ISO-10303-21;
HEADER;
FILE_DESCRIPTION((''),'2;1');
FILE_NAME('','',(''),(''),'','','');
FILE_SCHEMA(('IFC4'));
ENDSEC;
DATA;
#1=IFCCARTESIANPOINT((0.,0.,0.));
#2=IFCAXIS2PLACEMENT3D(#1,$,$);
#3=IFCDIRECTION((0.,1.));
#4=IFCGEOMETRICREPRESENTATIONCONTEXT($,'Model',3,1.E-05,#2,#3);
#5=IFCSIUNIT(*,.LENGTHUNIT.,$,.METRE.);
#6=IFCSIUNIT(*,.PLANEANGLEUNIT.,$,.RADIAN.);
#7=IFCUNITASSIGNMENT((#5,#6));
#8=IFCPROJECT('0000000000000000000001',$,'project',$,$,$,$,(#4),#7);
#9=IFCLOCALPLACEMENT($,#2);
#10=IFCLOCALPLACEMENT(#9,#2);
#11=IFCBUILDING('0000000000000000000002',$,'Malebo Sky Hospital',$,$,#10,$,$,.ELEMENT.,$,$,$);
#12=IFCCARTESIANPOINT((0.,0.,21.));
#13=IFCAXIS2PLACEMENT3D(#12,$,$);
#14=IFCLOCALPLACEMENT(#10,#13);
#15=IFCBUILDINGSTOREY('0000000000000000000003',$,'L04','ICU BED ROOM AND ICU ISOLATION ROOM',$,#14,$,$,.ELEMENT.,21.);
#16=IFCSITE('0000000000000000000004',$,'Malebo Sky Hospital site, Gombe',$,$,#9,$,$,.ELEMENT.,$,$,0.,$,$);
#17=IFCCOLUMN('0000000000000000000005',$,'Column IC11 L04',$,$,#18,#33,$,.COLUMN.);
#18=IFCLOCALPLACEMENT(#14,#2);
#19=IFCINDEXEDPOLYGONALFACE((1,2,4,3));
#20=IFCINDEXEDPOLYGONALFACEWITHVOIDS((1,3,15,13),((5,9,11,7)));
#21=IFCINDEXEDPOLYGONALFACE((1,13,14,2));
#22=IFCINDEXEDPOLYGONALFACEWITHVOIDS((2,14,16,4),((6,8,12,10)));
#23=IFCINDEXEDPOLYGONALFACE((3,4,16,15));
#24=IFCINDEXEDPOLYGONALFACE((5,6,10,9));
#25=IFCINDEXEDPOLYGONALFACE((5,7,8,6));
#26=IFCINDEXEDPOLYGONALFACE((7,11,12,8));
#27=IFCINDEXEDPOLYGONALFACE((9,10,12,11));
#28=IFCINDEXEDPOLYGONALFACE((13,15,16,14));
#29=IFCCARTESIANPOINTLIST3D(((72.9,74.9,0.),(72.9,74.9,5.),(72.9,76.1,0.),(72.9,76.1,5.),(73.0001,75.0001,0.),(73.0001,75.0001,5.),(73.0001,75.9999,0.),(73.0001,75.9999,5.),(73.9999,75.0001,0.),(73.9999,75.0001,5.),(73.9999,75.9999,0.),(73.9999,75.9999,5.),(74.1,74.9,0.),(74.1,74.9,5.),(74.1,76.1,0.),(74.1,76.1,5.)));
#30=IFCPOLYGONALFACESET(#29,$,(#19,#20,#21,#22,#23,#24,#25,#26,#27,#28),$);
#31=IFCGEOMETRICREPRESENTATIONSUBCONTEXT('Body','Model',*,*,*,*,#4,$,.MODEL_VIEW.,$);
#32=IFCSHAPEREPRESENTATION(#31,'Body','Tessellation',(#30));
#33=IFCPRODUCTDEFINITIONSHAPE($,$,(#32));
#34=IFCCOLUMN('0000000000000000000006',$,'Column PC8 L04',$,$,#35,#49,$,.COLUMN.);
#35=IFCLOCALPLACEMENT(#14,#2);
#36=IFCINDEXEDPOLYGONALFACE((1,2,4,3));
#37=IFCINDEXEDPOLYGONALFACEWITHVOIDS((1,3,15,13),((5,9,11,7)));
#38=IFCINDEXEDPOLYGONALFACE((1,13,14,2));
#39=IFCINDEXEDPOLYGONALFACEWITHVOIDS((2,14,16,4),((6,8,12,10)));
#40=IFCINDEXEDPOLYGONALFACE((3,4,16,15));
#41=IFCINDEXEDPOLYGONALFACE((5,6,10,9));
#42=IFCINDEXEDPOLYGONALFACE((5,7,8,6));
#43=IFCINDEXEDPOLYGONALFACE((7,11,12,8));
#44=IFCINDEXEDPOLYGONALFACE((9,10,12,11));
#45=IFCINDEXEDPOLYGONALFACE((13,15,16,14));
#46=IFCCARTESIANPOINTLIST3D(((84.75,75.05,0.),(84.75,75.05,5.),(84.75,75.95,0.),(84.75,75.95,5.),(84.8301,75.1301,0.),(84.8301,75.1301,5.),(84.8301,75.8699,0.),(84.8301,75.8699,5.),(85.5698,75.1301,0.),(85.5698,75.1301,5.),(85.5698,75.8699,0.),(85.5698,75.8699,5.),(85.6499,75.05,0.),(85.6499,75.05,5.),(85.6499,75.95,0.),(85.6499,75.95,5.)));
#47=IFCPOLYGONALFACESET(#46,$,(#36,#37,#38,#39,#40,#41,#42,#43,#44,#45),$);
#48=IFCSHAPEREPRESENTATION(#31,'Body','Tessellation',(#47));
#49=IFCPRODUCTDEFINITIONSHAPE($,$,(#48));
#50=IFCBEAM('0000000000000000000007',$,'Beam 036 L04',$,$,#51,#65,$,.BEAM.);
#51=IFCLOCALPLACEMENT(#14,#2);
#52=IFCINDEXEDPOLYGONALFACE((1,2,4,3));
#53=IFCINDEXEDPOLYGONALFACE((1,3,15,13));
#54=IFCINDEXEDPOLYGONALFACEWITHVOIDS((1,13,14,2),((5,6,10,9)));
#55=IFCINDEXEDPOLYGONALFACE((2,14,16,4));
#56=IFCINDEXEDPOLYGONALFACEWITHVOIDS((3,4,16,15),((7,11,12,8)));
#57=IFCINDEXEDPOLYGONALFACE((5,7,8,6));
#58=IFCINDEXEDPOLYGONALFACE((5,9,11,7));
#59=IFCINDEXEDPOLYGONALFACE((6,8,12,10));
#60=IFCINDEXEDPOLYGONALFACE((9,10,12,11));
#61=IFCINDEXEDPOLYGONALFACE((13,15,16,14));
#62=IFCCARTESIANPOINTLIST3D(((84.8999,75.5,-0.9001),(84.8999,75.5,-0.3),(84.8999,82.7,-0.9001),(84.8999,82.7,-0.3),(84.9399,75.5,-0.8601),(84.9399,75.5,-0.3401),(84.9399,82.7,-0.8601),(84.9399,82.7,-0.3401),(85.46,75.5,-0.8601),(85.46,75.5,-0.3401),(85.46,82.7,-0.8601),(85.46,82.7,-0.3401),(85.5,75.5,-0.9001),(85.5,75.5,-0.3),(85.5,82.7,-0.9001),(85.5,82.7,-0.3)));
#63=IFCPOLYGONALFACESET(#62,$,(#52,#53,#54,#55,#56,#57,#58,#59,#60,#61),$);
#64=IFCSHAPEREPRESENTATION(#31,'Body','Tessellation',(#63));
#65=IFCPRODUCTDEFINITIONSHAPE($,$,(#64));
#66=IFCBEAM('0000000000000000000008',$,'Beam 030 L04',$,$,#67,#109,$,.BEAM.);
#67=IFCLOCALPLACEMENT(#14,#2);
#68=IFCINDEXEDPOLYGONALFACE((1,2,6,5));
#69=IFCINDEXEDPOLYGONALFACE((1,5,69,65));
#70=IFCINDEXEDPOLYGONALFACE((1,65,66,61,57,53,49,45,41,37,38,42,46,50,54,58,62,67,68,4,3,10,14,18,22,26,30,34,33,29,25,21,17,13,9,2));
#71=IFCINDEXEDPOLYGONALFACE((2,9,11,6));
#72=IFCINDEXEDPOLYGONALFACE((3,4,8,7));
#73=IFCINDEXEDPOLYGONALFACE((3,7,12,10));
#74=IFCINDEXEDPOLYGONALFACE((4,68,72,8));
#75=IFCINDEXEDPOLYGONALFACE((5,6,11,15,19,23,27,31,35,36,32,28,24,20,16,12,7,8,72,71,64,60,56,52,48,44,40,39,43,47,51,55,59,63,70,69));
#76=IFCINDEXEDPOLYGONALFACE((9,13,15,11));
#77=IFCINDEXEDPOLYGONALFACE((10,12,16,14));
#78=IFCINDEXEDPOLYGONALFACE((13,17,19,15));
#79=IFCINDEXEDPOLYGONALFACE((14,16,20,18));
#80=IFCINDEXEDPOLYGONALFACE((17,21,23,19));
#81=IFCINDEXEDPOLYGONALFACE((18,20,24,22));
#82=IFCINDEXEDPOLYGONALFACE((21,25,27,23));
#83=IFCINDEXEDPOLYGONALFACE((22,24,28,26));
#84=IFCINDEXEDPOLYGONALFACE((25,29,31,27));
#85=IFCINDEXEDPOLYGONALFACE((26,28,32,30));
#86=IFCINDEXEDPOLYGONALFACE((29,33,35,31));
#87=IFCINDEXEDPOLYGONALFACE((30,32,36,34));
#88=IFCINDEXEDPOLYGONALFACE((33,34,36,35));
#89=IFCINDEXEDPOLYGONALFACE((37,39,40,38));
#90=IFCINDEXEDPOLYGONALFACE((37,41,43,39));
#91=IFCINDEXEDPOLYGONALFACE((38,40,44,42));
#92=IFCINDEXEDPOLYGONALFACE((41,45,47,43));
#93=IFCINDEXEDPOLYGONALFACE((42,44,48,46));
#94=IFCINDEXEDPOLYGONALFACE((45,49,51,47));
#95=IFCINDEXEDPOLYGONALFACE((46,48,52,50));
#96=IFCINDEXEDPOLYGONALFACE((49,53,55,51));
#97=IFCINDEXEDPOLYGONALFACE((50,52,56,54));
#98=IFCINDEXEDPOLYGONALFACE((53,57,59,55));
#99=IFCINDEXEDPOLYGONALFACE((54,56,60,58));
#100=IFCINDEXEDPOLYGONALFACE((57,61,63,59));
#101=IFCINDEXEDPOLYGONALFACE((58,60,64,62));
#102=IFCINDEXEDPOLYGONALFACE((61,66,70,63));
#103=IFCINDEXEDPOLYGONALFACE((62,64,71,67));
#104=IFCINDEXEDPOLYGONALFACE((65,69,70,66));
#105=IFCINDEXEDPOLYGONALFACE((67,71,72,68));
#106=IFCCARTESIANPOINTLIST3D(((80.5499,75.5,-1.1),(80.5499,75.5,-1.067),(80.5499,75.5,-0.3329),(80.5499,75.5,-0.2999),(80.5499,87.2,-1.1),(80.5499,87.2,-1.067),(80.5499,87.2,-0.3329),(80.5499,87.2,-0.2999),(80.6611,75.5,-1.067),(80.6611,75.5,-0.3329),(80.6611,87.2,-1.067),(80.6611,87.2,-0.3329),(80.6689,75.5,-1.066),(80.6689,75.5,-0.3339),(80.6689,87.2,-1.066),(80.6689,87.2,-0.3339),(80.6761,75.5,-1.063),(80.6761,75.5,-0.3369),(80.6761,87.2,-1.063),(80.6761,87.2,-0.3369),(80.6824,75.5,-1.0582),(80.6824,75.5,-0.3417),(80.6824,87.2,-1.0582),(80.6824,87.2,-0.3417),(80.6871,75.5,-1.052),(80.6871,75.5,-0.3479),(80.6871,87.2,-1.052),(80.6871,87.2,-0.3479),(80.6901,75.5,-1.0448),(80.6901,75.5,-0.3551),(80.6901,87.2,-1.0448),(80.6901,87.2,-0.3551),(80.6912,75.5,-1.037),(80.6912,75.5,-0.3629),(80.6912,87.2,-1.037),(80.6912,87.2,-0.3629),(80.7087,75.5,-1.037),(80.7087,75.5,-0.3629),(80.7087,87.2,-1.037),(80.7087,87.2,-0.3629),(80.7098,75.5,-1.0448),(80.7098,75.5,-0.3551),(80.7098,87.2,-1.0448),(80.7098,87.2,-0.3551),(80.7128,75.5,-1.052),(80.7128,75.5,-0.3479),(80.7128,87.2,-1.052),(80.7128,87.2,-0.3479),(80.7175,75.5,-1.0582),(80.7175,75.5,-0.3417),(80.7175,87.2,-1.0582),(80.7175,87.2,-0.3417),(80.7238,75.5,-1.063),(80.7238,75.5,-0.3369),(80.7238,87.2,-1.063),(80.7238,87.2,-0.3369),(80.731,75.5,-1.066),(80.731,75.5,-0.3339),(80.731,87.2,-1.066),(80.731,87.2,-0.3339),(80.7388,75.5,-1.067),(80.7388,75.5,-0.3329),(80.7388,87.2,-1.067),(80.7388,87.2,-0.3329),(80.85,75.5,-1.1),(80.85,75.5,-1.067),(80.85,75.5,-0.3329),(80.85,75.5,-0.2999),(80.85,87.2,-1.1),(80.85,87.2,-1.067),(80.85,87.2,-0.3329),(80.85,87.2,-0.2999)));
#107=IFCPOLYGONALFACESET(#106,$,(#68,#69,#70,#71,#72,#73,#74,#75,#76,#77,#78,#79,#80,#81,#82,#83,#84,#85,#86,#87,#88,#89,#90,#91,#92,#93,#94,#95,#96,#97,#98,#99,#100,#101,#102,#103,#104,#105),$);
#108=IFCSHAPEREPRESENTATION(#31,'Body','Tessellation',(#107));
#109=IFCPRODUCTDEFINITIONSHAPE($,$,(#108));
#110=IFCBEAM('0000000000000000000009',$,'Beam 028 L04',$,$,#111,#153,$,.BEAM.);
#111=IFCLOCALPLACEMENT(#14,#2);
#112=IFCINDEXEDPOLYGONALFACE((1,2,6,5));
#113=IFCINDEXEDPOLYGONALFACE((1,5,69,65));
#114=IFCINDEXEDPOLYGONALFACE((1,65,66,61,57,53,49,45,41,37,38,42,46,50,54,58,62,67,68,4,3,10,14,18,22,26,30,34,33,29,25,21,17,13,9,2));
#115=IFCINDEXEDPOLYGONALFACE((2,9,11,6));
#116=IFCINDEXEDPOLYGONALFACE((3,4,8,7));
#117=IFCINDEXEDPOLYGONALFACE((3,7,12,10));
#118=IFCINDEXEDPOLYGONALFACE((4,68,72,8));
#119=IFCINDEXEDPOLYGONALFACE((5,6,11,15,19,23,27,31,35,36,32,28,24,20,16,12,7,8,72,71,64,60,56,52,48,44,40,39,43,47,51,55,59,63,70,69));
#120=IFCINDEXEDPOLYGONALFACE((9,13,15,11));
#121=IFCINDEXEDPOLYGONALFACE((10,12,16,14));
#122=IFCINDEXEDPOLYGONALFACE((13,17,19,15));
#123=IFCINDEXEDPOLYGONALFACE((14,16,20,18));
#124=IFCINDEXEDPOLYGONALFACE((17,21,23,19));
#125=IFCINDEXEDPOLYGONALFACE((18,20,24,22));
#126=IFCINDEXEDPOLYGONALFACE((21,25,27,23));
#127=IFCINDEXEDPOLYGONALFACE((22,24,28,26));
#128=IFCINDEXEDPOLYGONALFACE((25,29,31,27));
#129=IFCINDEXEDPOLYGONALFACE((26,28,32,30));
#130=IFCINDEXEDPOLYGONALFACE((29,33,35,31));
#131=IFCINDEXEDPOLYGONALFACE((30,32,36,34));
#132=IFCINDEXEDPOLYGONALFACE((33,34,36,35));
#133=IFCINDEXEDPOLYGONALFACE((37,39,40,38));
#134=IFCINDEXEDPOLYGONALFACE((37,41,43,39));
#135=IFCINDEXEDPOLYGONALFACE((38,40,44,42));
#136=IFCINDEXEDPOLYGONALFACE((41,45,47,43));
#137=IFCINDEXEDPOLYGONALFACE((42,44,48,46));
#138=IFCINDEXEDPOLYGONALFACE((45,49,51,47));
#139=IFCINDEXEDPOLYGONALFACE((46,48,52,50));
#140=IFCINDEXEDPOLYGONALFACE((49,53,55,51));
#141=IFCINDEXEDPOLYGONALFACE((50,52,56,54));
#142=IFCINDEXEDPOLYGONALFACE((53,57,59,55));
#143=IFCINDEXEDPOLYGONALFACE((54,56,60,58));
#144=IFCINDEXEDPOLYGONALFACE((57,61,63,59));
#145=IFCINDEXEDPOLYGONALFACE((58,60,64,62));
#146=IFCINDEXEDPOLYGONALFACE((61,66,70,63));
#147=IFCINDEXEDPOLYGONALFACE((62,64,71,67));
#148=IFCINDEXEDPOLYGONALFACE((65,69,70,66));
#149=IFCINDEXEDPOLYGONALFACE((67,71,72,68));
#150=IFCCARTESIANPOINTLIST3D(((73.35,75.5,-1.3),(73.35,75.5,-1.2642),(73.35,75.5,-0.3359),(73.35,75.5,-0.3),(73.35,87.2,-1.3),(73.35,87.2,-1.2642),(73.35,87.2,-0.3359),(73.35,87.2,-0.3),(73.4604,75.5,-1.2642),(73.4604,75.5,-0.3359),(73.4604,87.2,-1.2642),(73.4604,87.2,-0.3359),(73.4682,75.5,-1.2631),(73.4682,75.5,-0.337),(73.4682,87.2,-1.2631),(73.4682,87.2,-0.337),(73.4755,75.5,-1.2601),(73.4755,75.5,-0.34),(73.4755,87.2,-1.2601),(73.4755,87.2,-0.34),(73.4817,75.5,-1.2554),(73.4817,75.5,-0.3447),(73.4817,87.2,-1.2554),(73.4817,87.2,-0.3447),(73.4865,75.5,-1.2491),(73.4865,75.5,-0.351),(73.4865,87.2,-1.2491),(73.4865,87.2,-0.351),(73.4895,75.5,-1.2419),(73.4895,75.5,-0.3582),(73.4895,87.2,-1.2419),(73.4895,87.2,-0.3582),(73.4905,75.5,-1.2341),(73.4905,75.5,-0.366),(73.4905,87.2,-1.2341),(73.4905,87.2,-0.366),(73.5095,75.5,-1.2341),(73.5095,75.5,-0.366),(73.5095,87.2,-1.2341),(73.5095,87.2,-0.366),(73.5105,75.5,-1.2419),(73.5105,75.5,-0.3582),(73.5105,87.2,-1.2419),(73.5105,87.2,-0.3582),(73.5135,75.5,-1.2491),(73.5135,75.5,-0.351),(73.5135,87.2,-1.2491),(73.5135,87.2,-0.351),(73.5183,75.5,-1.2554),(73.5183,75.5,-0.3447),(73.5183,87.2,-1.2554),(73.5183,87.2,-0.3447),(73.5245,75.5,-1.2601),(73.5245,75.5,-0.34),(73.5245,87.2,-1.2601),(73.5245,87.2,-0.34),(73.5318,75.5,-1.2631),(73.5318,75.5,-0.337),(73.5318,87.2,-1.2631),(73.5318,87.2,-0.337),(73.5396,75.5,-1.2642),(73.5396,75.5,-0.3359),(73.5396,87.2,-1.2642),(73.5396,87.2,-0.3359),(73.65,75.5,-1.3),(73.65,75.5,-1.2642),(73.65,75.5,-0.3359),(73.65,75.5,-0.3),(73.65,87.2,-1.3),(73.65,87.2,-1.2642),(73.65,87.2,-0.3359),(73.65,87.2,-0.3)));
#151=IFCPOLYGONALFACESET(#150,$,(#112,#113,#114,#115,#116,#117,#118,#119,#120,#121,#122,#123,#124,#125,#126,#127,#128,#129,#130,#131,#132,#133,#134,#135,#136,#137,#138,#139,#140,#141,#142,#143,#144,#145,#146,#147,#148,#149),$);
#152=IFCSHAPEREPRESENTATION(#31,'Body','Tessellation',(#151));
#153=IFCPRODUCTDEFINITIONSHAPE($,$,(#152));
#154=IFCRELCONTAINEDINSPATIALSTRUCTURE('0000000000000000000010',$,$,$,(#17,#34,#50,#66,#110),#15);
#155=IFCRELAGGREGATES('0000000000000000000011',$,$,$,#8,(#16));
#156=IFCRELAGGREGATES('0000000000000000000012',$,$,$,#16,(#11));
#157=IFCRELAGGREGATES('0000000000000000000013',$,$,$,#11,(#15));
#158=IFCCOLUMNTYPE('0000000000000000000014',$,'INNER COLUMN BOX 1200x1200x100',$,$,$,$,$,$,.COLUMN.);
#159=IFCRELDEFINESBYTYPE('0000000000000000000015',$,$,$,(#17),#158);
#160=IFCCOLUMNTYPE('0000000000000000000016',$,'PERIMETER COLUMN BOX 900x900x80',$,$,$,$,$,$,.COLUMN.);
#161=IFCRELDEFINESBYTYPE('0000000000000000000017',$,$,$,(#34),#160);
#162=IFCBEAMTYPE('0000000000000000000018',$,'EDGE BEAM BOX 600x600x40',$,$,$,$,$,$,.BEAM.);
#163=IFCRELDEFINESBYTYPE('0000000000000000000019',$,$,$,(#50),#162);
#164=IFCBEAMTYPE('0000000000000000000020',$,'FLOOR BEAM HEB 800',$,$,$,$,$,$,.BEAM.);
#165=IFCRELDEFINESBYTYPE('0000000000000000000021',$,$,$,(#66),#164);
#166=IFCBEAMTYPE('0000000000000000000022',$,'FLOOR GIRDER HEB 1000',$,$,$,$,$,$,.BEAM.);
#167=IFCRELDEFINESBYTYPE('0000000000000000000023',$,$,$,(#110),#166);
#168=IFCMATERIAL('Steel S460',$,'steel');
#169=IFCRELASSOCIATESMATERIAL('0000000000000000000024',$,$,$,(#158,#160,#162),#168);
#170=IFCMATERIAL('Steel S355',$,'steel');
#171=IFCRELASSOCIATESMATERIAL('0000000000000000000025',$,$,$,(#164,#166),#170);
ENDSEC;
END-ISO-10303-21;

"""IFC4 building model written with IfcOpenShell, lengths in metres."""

from ifc_helpers import new_model, si_unit, direction, frame, origin, origin_2d, place, context, subcontext, project, spatial, hollow_rectangle, i_section, extrude, material, material_profile, profile_set, type_object, element, save


model = new_model("IFC4")

# Units and contexts
model_context = context("Model", 3, precision=1e-05, world=origin(), true_north=direction((0.0, 1.0)))
body_context = subcontext(model_context, "Body", "Model", "MODEL_VIEW")
ifc_project = project(units=[si_unit("LENGTHUNIT", "METRE"), si_unit("PLANEANGLEUNIT", "RADIAN")], contexts=[model_context])

# Site, building, storey
site_placement = place(None, origin())
site = spatial("IfcSite", under=ifc_project, at=site_placement, Name="Malebo Sky Hospital site, Gombe", CompositionType="ELEMENT", RefElevation=0.0)
building_placement = place(site_placement, origin())
building = spatial("IfcBuilding", under=site, at=building_placement, Name="Malebo Sky Hospital", CompositionType="ELEMENT")
storey_placement = place(building_placement, frame((0.0, 0.0, 21.0)))
storey = spatial("IfcBuildingStorey", under=building, at=storey_placement, Name="L04", Description="ICU BED ROOM AND ICU ISOLATION ROOM", CompositionType="ELEMENT", Elevation=21.0)

# Columns
ifc_material_1 = material(Name="Steel S460", Category="steel")
ifc_material_profile_1 = material_profile(ifc_material_1, hollow_rectangle(XDim=1.2, YDim=1.2, WallThickness=0.1001, at=origin_2d()), Name="BOX 1200x1200x100")
ifc_profile_set_1 = profile_set([ifc_material_profile_1], Name="Steel S460")
column_type_1 = type_object("IfcColumnType", Name="INNER COLUMN BOX 1200x1200x100", PredefinedType="COLUMN", material=ifc_profile_set_1)
column_1_placement = place(storey_placement, frame((73.5, 75.5, 0.0), z_axis=(0.0, 0.0, 1.0), x_axis=(1.0, 0.0, 0.0)))
element("IfcColumn", 1, at=column_1_placement, inside=storey, type_object=column_type_1, Name="Column IC11 L04", PredefinedType="COLUMN", context=body_context, shape_type="SweptSolid", body=[
    extrude(hollow_rectangle(XDim=1.2, YDim=1.2, WallThickness=0.1001, at=origin_2d()), origin(), (0.0, 0.0, 1.0), 5.0),
])
ifc_material_profile_2 = material_profile(ifc_material_1, hollow_rectangle(XDim=0.8999, YDim=0.8999, WallThickness=0.0801, at=origin_2d()), Name="BOX 900x900x80")
ifc_profile_set_2 = profile_set([ifc_material_profile_2], Name="Steel S460")
column_type_2 = type_object("IfcColumnType", Name="PERIMETER COLUMN BOX 900x900x80", PredefinedType="COLUMN", material=ifc_profile_set_2)
column_2_placement = place(storey_placement, frame((85.2, 75.5, 0.0), z_axis=(0.0, 0.0, 1.0), x_axis=(1.0, 0.0, 0.0)))
element("IfcColumn", 2, at=column_2_placement, inside=storey, type_object=column_type_2, Name="Column PC8 L04", PredefinedType="COLUMN", context=body_context, shape_type="SweptSolid", body=[
    extrude(hollow_rectangle(XDim=0.8999, YDim=0.8999, WallThickness=0.0801, at=origin_2d()), origin(), (0.0, 0.0, 1.0), 5.0),
])

# Beams
ifc_material_profile_3 = material_profile(ifc_material_1, hollow_rectangle(XDim=0.6001, YDim=0.6001, WallThickness=0.04, at=origin_2d()), Name="BOX 600x600x40")
ifc_profile_set_3 = profile_set([ifc_material_profile_3], Name="Steel S460")
beam_type_1 = type_object("IfcBeamType", Name="EDGE BEAM BOX 600x600x40", PredefinedType="BEAM", material=ifc_profile_set_3)
beam_1_placement = place(storey_placement, frame((85.2, 75.5, -0.6001), z_axis=(0.0, 1.0, 0.0), x_axis=(-1.0, 0.0, 0.0)))
element("IfcBeam", 3, at=beam_1_placement, inside=storey, type_object=beam_type_1, Name="Beam 036 L04", PredefinedType="BEAM", context=body_context, shape_type="SweptSolid", body=[
    extrude(hollow_rectangle(XDim=0.6001, YDim=0.6001, WallThickness=0.04, at=origin_2d()), origin(), (0.0, 0.0, 1.0), 7.2),
])
ifc_material_2 = material(Name="Steel S355", Category="steel")
ifc_material_profile_4 = material_profile(ifc_material_2, i_section(OverallWidth=0.3, OverallDepth=0.8, WebThickness=0.0176, FlangeThickness=0.033, FilletRadius=0.03, at=origin_2d()), Name="HEB 800")
ifc_profile_set_4 = profile_set([ifc_material_profile_4], Name="Steel S355")
beam_type_2 = type_object("IfcBeamType", Name="FLOOR BEAM HEB 800", PredefinedType="BEAM", material=ifc_profile_set_4)
beam_2_placement = place(storey_placement, frame((80.7, 75.5, -0.7), z_axis=(0.0, 1.0, 0.0), x_axis=(-1.0, 0.0, 0.0)))
element("IfcBeam", 4, at=beam_2_placement, inside=storey, type_object=beam_type_2, Name="Beam 030 L04", PredefinedType="BEAM", context=body_context, shape_type="SweptSolid", body=[
    extrude(i_section(OverallWidth=0.3, OverallDepth=0.8, WebThickness=0.0176, FlangeThickness=0.033, FilletRadius=0.03, at=origin_2d()), origin(), (0.0, 0.0, 1.0), 11.7),
])
ifc_material_profile_5 = material_profile(ifc_material_2, i_section(OverallWidth=0.3, OverallDepth=1.0, WebThickness=0.019, FlangeThickness=0.0359, FilletRadius=0.03, at=origin_2d()), Name="HEB 1000")
ifc_profile_set_5 = profile_set([ifc_material_profile_5], Name="Steel S355")
beam_type_3 = type_object("IfcBeamType", Name="FLOOR GIRDER HEB 1000", PredefinedType="BEAM", material=ifc_profile_set_5)
for number, where, z_axis, x_axis, name in (
    (5, (73.5, 75.5, -0.8), (0.0, 1.0, 0.0), (-1.0, 0.0, 0.0), "Beam 028 L04"),
):
    element("IfcBeam", number, at=place(storey_placement, frame(where, z_axis=z_axis, x_axis=x_axis)), inside=storey, type_object=beam_type_3, Name=name, PredefinedType="BEAM", context=body_context, shape_type="SweptSolid", body=[
        extrude(i_section(OverallWidth=0.3, OverallDepth=1.0, WebThickness=0.019, FlangeThickness=0.0359, FilletRadius=0.03, at=origin_2d()), origin(), (0.0, 0.0, 1.0), 11.7),
    ])

save(model, "model.ifc")
